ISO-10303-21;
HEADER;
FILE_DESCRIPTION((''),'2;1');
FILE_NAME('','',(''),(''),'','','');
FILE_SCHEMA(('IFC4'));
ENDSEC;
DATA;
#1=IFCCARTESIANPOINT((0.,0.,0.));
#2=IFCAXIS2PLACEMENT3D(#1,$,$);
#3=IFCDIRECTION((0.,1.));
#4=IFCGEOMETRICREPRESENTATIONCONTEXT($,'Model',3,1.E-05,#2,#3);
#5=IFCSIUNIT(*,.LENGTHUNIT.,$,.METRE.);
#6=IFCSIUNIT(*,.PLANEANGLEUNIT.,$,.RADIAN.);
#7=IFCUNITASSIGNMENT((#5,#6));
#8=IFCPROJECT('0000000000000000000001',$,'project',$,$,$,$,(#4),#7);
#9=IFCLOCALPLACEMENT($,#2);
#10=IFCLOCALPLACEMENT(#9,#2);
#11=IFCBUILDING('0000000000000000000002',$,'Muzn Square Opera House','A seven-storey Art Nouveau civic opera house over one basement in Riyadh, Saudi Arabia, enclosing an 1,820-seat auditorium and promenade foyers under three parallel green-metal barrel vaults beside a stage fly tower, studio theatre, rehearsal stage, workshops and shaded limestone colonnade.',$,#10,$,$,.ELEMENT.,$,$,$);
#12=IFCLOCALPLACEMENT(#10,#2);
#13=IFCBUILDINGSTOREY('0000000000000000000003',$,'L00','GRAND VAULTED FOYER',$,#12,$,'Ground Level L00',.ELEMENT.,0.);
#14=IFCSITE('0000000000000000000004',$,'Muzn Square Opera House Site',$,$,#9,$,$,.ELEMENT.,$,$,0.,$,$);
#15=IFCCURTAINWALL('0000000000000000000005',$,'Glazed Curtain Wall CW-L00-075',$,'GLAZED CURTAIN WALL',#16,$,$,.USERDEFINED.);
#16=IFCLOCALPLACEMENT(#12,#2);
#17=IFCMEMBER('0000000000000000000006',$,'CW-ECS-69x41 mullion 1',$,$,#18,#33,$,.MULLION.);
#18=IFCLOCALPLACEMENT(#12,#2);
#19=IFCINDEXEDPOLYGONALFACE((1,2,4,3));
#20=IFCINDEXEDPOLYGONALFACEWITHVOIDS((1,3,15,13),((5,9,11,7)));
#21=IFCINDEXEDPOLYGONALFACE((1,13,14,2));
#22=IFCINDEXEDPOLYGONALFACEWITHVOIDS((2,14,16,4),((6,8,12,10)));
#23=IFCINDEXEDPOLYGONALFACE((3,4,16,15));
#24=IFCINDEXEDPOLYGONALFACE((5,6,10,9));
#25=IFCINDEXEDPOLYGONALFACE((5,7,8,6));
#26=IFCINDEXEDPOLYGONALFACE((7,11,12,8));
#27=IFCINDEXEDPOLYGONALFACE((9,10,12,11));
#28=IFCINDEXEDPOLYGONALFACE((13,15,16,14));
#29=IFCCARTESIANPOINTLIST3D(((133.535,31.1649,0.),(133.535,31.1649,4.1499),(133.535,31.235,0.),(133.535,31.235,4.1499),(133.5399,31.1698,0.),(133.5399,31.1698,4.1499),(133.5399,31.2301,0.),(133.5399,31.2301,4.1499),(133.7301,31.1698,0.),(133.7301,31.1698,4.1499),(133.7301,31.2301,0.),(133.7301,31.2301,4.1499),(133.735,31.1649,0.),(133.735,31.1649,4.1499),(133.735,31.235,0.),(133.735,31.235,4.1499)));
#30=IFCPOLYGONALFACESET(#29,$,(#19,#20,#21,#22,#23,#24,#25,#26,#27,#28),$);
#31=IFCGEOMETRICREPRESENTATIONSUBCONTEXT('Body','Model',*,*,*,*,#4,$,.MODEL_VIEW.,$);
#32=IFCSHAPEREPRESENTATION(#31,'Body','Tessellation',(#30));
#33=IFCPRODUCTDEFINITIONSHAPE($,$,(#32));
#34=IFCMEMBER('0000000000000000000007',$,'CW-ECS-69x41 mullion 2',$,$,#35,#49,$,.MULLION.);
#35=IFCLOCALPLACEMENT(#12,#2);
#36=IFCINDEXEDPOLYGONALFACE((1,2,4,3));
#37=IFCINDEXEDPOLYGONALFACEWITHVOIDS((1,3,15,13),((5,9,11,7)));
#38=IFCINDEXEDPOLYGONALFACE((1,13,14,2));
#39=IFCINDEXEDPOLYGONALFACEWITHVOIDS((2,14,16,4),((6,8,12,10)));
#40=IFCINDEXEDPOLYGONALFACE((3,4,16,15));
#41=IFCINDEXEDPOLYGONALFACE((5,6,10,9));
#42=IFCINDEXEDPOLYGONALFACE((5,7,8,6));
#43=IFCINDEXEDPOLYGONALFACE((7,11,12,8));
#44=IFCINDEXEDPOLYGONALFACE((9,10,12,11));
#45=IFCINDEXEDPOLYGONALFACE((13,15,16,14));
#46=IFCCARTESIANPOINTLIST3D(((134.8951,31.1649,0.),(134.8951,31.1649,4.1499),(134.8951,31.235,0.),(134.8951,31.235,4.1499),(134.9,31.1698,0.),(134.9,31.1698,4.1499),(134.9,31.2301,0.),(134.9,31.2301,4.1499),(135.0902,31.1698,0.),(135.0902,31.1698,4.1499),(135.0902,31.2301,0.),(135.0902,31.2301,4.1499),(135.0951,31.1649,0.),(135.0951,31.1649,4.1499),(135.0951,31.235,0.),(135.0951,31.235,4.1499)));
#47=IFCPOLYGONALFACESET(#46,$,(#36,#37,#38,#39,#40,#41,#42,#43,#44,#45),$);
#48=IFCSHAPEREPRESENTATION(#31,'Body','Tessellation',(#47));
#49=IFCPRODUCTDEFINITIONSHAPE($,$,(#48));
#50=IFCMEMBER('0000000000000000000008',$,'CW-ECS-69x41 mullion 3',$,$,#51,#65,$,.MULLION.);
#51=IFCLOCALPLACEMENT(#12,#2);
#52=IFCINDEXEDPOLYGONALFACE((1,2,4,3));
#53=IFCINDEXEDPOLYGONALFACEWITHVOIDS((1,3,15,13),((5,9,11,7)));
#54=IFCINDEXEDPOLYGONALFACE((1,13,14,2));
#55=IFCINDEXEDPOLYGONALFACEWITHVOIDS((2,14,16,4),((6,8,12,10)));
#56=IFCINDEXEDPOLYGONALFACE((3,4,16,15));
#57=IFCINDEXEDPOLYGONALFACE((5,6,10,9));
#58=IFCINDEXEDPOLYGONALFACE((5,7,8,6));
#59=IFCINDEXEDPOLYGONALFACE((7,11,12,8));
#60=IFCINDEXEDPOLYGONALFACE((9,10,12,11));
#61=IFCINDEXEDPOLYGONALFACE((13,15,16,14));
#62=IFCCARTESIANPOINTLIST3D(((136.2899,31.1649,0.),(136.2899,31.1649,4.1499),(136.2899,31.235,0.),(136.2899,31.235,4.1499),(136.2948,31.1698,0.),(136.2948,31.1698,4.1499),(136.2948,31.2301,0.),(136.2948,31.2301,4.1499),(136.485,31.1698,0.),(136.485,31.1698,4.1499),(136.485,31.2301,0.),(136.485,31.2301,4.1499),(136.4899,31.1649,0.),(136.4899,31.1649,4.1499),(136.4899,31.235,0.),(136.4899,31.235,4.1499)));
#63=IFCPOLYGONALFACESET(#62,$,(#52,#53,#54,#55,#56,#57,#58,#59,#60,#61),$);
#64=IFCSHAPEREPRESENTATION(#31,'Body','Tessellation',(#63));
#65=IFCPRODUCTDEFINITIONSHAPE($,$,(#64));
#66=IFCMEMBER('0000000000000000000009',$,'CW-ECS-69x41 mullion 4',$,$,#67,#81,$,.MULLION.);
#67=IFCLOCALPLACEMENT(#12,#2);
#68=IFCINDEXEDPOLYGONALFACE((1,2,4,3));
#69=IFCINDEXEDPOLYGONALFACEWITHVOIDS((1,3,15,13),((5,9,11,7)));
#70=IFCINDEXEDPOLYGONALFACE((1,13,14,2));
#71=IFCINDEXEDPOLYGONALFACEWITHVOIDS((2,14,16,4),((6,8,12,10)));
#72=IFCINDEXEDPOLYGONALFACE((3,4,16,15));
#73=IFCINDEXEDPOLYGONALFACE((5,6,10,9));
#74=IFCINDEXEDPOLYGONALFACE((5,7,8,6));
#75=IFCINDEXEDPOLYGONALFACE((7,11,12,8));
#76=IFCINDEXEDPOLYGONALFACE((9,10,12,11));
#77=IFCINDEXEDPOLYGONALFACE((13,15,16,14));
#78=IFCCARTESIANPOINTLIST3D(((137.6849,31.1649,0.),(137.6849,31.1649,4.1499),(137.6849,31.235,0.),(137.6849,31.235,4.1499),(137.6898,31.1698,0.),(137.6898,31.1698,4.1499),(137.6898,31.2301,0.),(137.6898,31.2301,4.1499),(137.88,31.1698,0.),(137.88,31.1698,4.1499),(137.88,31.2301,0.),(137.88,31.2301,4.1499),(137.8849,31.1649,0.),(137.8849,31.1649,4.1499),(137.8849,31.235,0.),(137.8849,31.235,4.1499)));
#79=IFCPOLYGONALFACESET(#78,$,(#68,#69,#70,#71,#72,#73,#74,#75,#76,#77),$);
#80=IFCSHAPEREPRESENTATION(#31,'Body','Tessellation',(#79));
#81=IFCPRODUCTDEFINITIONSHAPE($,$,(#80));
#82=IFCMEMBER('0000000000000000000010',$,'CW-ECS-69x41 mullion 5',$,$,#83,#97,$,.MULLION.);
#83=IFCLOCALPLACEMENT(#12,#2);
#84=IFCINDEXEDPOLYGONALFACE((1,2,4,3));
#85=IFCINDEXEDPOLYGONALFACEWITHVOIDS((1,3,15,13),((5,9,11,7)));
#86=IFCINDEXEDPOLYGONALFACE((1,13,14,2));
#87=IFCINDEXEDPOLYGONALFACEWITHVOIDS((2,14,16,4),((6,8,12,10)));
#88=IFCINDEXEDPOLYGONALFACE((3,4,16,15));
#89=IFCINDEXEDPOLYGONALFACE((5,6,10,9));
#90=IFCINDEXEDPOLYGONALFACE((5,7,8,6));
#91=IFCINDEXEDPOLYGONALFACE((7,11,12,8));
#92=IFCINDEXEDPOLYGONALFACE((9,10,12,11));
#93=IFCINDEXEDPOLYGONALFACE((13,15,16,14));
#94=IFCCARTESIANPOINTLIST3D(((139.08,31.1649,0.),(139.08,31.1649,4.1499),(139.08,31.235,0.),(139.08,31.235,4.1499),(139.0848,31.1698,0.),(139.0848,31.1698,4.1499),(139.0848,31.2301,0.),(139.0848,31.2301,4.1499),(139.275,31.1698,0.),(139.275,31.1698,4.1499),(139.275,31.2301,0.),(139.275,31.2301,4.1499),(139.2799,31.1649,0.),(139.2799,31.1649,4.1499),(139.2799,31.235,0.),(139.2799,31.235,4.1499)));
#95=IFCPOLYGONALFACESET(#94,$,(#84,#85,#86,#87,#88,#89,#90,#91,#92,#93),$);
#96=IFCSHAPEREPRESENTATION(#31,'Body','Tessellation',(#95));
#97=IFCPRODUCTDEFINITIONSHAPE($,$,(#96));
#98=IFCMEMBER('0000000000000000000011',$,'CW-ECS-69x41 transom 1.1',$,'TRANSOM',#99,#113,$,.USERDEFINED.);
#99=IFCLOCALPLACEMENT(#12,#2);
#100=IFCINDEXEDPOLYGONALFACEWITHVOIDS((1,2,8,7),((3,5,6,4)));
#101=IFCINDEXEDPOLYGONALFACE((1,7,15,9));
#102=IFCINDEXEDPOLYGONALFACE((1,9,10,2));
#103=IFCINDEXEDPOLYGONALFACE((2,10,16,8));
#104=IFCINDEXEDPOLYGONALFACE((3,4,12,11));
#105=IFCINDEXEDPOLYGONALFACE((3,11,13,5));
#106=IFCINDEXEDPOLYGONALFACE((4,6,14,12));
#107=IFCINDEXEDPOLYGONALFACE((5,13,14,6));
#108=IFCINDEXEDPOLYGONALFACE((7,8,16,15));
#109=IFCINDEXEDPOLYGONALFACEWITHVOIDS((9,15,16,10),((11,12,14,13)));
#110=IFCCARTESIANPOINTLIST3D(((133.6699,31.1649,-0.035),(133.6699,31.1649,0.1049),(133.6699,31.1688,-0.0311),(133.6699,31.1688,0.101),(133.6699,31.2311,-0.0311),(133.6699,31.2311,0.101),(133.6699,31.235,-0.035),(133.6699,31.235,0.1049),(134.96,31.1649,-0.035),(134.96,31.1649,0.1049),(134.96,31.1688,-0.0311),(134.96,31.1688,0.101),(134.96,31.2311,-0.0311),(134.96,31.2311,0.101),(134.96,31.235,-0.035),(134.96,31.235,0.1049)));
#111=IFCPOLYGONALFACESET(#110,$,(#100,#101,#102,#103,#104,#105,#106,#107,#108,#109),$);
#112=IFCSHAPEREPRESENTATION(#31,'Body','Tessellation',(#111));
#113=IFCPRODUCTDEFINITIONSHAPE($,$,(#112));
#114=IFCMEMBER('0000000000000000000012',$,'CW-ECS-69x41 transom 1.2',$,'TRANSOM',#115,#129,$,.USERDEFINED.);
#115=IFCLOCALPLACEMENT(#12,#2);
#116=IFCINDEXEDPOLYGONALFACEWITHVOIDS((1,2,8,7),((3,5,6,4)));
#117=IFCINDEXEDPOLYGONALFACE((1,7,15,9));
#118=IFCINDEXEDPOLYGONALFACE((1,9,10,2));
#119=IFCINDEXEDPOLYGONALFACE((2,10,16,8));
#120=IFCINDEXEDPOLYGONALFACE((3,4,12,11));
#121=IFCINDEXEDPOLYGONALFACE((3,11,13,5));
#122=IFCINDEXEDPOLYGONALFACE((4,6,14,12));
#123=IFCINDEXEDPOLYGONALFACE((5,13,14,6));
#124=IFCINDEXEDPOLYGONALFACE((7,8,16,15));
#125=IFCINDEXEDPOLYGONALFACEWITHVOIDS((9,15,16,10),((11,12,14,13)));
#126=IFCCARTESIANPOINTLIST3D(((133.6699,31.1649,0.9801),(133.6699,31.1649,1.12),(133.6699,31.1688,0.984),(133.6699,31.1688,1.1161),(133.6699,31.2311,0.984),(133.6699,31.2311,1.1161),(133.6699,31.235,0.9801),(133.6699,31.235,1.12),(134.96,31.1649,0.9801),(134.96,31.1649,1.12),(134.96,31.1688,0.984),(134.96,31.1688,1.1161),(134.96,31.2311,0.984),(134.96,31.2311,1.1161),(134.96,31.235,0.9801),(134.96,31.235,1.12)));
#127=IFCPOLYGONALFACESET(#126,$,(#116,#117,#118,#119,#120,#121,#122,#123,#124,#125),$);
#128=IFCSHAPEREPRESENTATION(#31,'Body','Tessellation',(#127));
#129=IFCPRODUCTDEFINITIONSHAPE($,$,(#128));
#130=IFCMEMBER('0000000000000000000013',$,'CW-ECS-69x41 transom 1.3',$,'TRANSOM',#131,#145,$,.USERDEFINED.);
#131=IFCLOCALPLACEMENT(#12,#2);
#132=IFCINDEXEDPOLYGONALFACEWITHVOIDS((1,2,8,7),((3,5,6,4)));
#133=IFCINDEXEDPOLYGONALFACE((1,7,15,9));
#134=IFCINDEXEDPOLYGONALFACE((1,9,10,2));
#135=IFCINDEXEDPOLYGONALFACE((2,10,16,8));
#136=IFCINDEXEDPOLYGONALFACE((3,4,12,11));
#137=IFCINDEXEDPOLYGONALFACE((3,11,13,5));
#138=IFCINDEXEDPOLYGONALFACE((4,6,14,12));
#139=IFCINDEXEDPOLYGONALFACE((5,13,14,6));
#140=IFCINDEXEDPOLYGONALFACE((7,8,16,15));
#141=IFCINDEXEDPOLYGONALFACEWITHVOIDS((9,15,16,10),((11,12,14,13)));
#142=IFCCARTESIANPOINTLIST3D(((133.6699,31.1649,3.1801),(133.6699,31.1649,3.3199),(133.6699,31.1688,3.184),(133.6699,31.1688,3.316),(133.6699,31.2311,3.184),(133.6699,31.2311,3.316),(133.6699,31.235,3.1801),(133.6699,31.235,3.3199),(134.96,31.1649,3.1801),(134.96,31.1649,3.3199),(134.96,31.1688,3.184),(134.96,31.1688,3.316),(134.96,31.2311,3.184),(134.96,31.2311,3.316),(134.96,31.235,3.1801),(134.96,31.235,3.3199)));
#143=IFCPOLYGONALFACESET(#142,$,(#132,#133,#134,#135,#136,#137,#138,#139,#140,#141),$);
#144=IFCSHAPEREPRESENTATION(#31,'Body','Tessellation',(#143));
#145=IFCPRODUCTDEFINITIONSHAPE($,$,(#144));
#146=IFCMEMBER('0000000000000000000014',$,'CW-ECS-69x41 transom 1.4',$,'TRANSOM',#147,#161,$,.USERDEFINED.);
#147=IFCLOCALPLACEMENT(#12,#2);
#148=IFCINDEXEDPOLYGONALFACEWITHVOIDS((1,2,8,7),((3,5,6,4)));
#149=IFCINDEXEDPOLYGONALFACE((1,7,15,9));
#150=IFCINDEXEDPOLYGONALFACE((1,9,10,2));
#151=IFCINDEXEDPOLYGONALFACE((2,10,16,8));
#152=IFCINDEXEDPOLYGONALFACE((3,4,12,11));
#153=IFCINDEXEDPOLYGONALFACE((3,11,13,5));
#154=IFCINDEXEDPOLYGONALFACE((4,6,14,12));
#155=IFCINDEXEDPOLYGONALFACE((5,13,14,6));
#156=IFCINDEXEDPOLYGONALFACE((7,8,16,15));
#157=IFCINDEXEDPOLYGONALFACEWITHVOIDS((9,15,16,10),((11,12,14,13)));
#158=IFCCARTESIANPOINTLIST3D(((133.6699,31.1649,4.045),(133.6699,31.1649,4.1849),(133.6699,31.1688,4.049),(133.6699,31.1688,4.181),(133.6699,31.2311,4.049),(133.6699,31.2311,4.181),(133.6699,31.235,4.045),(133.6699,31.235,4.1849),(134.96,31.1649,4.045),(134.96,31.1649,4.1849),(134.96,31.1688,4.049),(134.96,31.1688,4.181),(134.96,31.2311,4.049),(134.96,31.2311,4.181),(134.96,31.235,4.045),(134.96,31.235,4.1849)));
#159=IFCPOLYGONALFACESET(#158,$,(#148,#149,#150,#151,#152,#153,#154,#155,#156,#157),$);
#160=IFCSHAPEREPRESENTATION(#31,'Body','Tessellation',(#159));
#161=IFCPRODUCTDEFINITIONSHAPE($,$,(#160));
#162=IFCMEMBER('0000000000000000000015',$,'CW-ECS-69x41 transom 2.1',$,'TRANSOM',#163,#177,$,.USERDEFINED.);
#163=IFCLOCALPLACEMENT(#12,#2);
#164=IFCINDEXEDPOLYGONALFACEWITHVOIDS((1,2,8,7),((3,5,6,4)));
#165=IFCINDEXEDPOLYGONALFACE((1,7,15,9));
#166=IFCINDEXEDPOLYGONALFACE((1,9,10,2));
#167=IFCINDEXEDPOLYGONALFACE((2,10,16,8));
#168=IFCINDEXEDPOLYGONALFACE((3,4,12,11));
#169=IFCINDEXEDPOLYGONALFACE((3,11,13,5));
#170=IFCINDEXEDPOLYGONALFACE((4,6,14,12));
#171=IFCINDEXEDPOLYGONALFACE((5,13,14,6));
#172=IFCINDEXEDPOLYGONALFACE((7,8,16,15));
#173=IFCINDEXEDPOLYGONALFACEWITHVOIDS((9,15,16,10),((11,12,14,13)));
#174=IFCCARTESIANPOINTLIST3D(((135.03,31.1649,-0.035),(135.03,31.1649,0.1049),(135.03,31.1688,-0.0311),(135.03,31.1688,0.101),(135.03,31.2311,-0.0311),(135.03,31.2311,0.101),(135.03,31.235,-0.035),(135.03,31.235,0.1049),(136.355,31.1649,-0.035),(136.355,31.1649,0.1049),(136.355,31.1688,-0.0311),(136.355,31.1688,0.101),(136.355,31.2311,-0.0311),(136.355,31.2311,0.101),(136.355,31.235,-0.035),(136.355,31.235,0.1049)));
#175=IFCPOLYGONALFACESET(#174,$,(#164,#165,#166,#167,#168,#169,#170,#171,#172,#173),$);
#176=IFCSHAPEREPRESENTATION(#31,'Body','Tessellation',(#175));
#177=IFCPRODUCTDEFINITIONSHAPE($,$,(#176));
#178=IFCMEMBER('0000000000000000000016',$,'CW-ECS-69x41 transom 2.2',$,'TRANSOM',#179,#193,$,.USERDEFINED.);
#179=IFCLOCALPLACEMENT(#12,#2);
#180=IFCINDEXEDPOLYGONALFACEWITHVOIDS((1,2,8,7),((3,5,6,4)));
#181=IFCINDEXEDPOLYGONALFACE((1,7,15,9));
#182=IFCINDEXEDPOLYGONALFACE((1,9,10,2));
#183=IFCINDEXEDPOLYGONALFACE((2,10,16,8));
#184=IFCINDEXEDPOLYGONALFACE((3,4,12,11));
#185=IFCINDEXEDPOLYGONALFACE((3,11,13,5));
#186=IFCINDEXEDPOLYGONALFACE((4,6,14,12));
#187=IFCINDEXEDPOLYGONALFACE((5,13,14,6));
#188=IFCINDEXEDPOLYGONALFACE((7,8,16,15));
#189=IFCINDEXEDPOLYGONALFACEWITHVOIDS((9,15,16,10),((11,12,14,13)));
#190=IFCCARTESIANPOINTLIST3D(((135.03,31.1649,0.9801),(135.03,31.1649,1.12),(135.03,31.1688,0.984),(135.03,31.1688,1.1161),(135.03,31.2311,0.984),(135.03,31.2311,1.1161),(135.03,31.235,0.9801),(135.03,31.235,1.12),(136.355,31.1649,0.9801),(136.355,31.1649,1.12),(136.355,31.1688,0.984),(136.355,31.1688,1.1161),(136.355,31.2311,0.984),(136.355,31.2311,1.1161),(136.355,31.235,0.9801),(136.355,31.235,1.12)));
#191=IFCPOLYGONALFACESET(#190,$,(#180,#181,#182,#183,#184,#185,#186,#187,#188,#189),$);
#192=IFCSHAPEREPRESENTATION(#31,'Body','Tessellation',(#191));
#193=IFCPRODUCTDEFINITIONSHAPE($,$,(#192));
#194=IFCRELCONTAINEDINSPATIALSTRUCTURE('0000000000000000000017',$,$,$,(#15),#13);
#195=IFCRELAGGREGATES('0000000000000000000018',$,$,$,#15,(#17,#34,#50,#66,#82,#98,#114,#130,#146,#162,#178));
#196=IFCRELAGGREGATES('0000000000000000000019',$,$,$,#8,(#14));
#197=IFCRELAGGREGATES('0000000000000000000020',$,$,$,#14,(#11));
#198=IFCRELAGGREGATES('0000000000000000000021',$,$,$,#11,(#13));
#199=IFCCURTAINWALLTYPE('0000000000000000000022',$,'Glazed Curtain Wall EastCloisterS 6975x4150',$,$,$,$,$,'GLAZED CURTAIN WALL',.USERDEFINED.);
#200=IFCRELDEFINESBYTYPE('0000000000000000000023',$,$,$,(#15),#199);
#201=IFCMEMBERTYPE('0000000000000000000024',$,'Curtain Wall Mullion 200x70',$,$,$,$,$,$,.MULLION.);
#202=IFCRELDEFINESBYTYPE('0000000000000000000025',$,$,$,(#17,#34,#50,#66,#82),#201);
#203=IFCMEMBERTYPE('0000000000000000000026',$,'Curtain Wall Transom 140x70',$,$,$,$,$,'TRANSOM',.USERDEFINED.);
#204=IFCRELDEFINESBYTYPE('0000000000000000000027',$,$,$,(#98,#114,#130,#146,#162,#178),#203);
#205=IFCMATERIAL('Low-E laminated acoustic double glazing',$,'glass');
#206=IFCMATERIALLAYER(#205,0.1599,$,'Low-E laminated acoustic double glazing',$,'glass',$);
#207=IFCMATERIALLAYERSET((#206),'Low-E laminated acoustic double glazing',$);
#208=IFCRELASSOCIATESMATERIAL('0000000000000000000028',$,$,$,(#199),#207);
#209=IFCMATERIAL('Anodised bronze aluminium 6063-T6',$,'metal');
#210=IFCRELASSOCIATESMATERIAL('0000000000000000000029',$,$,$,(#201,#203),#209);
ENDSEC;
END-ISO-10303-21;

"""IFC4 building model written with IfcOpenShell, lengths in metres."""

from ifc_helpers import new_model, si_unit, direction, frame, origin, origin_2d, place, context, subcontext, project, spatial, hollow_rectangle, extrude, material, layer, layer_set, material_profile, profile_set, type_object, element, aggregate, save


model = new_model("IFC4")

# Units and contexts
model_context = context("Model", 3, precision=1e-05, world=origin(), true_north=direction((0.0, 1.0)))
body_context = subcontext(model_context, "Body", "Model", "MODEL_VIEW")
ifc_project = project(units=[si_unit("LENGTHUNIT", "METRE"), si_unit("PLANEANGLEUNIT", "RADIAN")], contexts=[model_context])

# Site, building, storey
site_placement = place(None, origin())
site = spatial("IfcSite", under=ifc_project, at=site_placement, Name="Muzn Square Opera House Site", CompositionType="ELEMENT", RefElevation=0.0)
building_placement = place(site_placement, origin())
building = spatial("IfcBuilding", under=site, at=building_placement, Name="Muzn Square Opera House", Description="A seven-storey Art Nouveau civic opera house over one basement in Riyadh, Saudi Arabia, enclosing an 1,820-seat auditorium and promenade foyers under three parallel green-metal barrel vaults beside a stage fly tower, studio theatre, rehearsal stage, workshops and shaded limestone colonnade.", CompositionType="ELEMENT")
storey_placement = place(building_placement, origin())
storey = spatial("IfcBuildingStorey", under=building, at=storey_placement, Name="L00", Description="GRAND VAULTED FOYER", LongName="Ground Level L00", CompositionType="ELEMENT", Elevation=0.0)

# Curtain wall, members
ifc_material_1 = material(Name="Low-E laminated acoustic double glazing", Category="glass")
ifc_layer_1 = layer(ifc_material_1, 0.1599, Name="Low-E laminated acoustic double glazing", Category="glass")
ifc_layer_set_1 = layer_set([ifc_layer_1], Name="Low-E laminated acoustic double glazing")
curtain_wall_type = type_object("IfcCurtainWallType", Name="Glazed Curtain Wall EastCloisterS 6975x4150", ElementType="GLAZED CURTAIN WALL", PredefinedType="USERDEFINED", material=ifc_layer_set_1)
curtain_wall_placement = place(storey_placement, origin())
curtain_wall = element("IfcCurtainWall", 1, at=curtain_wall_placement, inside=storey, type_object=curtain_wall_type, Name="Glazed Curtain Wall CW-L00-075", ObjectType="GLAZED CURTAIN WALL", PredefinedType="USERDEFINED")
ifc_material_2 = material(Name="Anodised bronze aluminium 6063-T6", Category="metal")
ifc_material_profile_1 = material_profile(ifc_material_2, hollow_rectangle(XDim=0.0701, YDim=0.2, WallThickness=0.0049, at=origin_2d()), Name="ALU 200x70x5", Category="metal")
ifc_profile_set_1 = profile_set([ifc_material_profile_1], Name="Anodised bronze aluminium 6063-T6")
member_type_1 = type_object("IfcMemberType", Name="Curtain Wall Mullion 200x70", PredefinedType="MULLION", material=ifc_profile_set_1)
member_1_placement = place(storey_placement, frame((133.635, 31.2, 0.0), z_axis=(0.0, 0.0, 1.0), x_axis=(0.0, 1.0, 0.0)))
member_1 = element("IfcMember", 2, at=member_1_placement, type_object=member_type_1, Name="CW-ECS-69x41 mullion 1", PredefinedType="MULLION", context=body_context, shape_type="SweptSolid", body=[
    extrude(hollow_rectangle(XDim=0.0701, YDim=0.2, WallThickness=0.0049, at=origin_2d()), origin(), (0.0, 0.0, 1.0), 4.1499),
])
member_2_placement = place(storey_placement, frame((134.9951, 31.2, 0.0), z_axis=(0.0, 0.0, 1.0), x_axis=(0.0, 1.0, 0.0)))
member_2 = element("IfcMember", 3, at=member_2_placement, type_object=member_type_1, Name="CW-ECS-69x41 mullion 2", PredefinedType="MULLION", context=body_context, shape_type="SweptSolid", body=[
    extrude(hollow_rectangle(XDim=0.0701, YDim=0.2, WallThickness=0.0049, at=origin_2d()), origin(), (0.0, 0.0, 1.0), 4.1499),
])
member_3_placement = place(storey_placement, frame((136.3899, 31.2, 0.0), z_axis=(0.0, 0.0, 1.0), x_axis=(0.0, 1.0, 0.0)))
member_3 = element("IfcMember", 4, at=member_3_placement, type_object=member_type_1, Name="CW-ECS-69x41 mullion 3", PredefinedType="MULLION", context=body_context, shape_type="SweptSolid", body=[
    extrude(hollow_rectangle(XDim=0.0701, YDim=0.2, WallThickness=0.0049, at=origin_2d()), origin(), (0.0, 0.0, 1.0), 4.1499),
])
member_4_placement = place(storey_placement, frame((137.7849, 31.2, 0.0), z_axis=(0.0, 0.0, 1.0), x_axis=(0.0, 1.0, 0.0)))
member_4 = element("IfcMember", 5, at=member_4_placement, type_object=member_type_1, Name="CW-ECS-69x41 mullion 4", PredefinedType="MULLION", context=body_context, shape_type="SweptSolid", body=[
    extrude(hollow_rectangle(XDim=0.0701, YDim=0.2, WallThickness=0.0049, at=origin_2d()), origin(), (0.0, 0.0, 1.0), 4.1499),
])
member_5_placement = place(storey_placement, frame((139.1799, 31.2, 0.0), z_axis=(0.0, 0.0, 1.0), x_axis=(0.0, 1.0, 0.0)))
member_5 = element("IfcMember", 6, at=member_5_placement, type_object=member_type_1, Name="CW-ECS-69x41 mullion 5", PredefinedType="MULLION", context=body_context, shape_type="SweptSolid", body=[
    extrude(hollow_rectangle(XDim=0.0701, YDim=0.2, WallThickness=0.0049, at=origin_2d()), origin(), (0.0, 0.0, 1.0), 4.1499),
])
ifc_material_profile_2 = material_profile(ifc_material_2, hollow_rectangle(XDim=0.0701, YDim=0.1399, WallThickness=0.0039, at=origin_2d()), Name="ALU 140x70x4", Category="metal")
ifc_profile_set_2 = profile_set([ifc_material_profile_2], Name="Anodised bronze aluminium 6063-T6")
member_type_2 = type_object("IfcMemberType", Name="Curtain Wall Transom 140x70", ElementType="TRANSOM", PredefinedType="USERDEFINED", material=ifc_profile_set_2)
member_6_placement = place(storey_placement, frame((133.6699, 31.2, 0.0349), z_axis=(1.0, 0.0, 0.0), x_axis=(0.0, 1.0, 0.0)))
member_6 = element("IfcMember", 7, at=member_6_placement, type_object=member_type_2, Name="CW-ECS-69x41 transom 1.1", ObjectType="TRANSOM", PredefinedType="USERDEFINED", context=body_context, shape_type="SweptSolid", body=[
    extrude(hollow_rectangle(XDim=0.0701, YDim=0.1399, WallThickness=0.0039, at=origin_2d()), origin(), (0.0, 0.0, 1.0), 1.29),
])
member_7_placement = place(storey_placement, frame((133.6699, 31.2, 1.05), z_axis=(1.0, 0.0, 0.0), x_axis=(0.0, 1.0, 0.0)))
member_7 = element("IfcMember", 8, at=member_7_placement, type_object=member_type_2, Name="CW-ECS-69x41 transom 1.2", ObjectType="TRANSOM", PredefinedType="USERDEFINED", context=body_context, shape_type="SweptSolid", body=[
    extrude(hollow_rectangle(XDim=0.0701, YDim=0.1399, WallThickness=0.0039, at=origin_2d()), origin(), (0.0, 0.0, 1.0), 1.29),
])
member_8_placement = place(storey_placement, frame((133.6699, 31.2, 3.25), z_axis=(1.0, 0.0, 0.0), x_axis=(0.0, 1.0, 0.0)))
member_8 = element("IfcMember", 9, at=member_8_placement, type_object=member_type_2, Name="CW-ECS-69x41 transom 1.3", ObjectType="TRANSOM", PredefinedType="USERDEFINED", context=body_context, shape_type="SweptSolid", body=[
    extrude(hollow_rectangle(XDim=0.0701, YDim=0.1399, WallThickness=0.0039, at=origin_2d()), origin(), (0.0, 0.0, 1.0), 1.29),
])
member_9_placement = place(storey_placement, frame((133.6699, 31.2, 4.115), z_axis=(1.0, 0.0, 0.0), x_axis=(0.0, 1.0, 0.0)))
member_9 = element("IfcMember", 10, at=member_9_placement, type_object=member_type_2, Name="CW-ECS-69x41 transom 1.4", ObjectType="TRANSOM", PredefinedType="USERDEFINED", context=body_context, shape_type="SweptSolid", body=[
    extrude(hollow_rectangle(XDim=0.0701, YDim=0.1399, WallThickness=0.0039, at=origin_2d()), origin(), (0.0, 0.0, 1.0), 1.29),
])
member_10_placement = place(storey_placement, frame((135.03, 31.2, 0.0349), z_axis=(1.0, 0.0, 0.0), x_axis=(0.0, 1.0, 0.0)))
member_10 = element("IfcMember", 11, at=member_10_placement, type_object=member_type_2, Name="CW-ECS-69x41 transom 2.1", ObjectType="TRANSOM", PredefinedType="USERDEFINED", context=body_context, shape_type="SweptSolid", body=[
    extrude(hollow_rectangle(XDim=0.0701, YDim=0.1399, WallThickness=0.0039, at=origin_2d()), origin(), (0.0, 0.0, 1.0), 1.325),
])
member_11_placement = place(storey_placement, frame((135.03, 31.2, 1.05), z_axis=(1.0, 0.0, 0.0), x_axis=(0.0, 1.0, 0.0)))
member_11 = element("IfcMember", 12, at=member_11_placement, type_object=member_type_2, Name="CW-ECS-69x41 transom 2.2", ObjectType="TRANSOM", PredefinedType="USERDEFINED", context=body_context, shape_type="SweptSolid", body=[
    extrude(hollow_rectangle(XDim=0.0701, YDim=0.1399, WallThickness=0.0039, at=origin_2d()), origin(), (0.0, 0.0, 1.0), 1.325),
])

aggregate(curtain_wall, [member_1, member_2, member_3, member_4, member_5, member_6, member_7, member_8, member_9, member_10, member_11])

save(model, "model.ifc")
